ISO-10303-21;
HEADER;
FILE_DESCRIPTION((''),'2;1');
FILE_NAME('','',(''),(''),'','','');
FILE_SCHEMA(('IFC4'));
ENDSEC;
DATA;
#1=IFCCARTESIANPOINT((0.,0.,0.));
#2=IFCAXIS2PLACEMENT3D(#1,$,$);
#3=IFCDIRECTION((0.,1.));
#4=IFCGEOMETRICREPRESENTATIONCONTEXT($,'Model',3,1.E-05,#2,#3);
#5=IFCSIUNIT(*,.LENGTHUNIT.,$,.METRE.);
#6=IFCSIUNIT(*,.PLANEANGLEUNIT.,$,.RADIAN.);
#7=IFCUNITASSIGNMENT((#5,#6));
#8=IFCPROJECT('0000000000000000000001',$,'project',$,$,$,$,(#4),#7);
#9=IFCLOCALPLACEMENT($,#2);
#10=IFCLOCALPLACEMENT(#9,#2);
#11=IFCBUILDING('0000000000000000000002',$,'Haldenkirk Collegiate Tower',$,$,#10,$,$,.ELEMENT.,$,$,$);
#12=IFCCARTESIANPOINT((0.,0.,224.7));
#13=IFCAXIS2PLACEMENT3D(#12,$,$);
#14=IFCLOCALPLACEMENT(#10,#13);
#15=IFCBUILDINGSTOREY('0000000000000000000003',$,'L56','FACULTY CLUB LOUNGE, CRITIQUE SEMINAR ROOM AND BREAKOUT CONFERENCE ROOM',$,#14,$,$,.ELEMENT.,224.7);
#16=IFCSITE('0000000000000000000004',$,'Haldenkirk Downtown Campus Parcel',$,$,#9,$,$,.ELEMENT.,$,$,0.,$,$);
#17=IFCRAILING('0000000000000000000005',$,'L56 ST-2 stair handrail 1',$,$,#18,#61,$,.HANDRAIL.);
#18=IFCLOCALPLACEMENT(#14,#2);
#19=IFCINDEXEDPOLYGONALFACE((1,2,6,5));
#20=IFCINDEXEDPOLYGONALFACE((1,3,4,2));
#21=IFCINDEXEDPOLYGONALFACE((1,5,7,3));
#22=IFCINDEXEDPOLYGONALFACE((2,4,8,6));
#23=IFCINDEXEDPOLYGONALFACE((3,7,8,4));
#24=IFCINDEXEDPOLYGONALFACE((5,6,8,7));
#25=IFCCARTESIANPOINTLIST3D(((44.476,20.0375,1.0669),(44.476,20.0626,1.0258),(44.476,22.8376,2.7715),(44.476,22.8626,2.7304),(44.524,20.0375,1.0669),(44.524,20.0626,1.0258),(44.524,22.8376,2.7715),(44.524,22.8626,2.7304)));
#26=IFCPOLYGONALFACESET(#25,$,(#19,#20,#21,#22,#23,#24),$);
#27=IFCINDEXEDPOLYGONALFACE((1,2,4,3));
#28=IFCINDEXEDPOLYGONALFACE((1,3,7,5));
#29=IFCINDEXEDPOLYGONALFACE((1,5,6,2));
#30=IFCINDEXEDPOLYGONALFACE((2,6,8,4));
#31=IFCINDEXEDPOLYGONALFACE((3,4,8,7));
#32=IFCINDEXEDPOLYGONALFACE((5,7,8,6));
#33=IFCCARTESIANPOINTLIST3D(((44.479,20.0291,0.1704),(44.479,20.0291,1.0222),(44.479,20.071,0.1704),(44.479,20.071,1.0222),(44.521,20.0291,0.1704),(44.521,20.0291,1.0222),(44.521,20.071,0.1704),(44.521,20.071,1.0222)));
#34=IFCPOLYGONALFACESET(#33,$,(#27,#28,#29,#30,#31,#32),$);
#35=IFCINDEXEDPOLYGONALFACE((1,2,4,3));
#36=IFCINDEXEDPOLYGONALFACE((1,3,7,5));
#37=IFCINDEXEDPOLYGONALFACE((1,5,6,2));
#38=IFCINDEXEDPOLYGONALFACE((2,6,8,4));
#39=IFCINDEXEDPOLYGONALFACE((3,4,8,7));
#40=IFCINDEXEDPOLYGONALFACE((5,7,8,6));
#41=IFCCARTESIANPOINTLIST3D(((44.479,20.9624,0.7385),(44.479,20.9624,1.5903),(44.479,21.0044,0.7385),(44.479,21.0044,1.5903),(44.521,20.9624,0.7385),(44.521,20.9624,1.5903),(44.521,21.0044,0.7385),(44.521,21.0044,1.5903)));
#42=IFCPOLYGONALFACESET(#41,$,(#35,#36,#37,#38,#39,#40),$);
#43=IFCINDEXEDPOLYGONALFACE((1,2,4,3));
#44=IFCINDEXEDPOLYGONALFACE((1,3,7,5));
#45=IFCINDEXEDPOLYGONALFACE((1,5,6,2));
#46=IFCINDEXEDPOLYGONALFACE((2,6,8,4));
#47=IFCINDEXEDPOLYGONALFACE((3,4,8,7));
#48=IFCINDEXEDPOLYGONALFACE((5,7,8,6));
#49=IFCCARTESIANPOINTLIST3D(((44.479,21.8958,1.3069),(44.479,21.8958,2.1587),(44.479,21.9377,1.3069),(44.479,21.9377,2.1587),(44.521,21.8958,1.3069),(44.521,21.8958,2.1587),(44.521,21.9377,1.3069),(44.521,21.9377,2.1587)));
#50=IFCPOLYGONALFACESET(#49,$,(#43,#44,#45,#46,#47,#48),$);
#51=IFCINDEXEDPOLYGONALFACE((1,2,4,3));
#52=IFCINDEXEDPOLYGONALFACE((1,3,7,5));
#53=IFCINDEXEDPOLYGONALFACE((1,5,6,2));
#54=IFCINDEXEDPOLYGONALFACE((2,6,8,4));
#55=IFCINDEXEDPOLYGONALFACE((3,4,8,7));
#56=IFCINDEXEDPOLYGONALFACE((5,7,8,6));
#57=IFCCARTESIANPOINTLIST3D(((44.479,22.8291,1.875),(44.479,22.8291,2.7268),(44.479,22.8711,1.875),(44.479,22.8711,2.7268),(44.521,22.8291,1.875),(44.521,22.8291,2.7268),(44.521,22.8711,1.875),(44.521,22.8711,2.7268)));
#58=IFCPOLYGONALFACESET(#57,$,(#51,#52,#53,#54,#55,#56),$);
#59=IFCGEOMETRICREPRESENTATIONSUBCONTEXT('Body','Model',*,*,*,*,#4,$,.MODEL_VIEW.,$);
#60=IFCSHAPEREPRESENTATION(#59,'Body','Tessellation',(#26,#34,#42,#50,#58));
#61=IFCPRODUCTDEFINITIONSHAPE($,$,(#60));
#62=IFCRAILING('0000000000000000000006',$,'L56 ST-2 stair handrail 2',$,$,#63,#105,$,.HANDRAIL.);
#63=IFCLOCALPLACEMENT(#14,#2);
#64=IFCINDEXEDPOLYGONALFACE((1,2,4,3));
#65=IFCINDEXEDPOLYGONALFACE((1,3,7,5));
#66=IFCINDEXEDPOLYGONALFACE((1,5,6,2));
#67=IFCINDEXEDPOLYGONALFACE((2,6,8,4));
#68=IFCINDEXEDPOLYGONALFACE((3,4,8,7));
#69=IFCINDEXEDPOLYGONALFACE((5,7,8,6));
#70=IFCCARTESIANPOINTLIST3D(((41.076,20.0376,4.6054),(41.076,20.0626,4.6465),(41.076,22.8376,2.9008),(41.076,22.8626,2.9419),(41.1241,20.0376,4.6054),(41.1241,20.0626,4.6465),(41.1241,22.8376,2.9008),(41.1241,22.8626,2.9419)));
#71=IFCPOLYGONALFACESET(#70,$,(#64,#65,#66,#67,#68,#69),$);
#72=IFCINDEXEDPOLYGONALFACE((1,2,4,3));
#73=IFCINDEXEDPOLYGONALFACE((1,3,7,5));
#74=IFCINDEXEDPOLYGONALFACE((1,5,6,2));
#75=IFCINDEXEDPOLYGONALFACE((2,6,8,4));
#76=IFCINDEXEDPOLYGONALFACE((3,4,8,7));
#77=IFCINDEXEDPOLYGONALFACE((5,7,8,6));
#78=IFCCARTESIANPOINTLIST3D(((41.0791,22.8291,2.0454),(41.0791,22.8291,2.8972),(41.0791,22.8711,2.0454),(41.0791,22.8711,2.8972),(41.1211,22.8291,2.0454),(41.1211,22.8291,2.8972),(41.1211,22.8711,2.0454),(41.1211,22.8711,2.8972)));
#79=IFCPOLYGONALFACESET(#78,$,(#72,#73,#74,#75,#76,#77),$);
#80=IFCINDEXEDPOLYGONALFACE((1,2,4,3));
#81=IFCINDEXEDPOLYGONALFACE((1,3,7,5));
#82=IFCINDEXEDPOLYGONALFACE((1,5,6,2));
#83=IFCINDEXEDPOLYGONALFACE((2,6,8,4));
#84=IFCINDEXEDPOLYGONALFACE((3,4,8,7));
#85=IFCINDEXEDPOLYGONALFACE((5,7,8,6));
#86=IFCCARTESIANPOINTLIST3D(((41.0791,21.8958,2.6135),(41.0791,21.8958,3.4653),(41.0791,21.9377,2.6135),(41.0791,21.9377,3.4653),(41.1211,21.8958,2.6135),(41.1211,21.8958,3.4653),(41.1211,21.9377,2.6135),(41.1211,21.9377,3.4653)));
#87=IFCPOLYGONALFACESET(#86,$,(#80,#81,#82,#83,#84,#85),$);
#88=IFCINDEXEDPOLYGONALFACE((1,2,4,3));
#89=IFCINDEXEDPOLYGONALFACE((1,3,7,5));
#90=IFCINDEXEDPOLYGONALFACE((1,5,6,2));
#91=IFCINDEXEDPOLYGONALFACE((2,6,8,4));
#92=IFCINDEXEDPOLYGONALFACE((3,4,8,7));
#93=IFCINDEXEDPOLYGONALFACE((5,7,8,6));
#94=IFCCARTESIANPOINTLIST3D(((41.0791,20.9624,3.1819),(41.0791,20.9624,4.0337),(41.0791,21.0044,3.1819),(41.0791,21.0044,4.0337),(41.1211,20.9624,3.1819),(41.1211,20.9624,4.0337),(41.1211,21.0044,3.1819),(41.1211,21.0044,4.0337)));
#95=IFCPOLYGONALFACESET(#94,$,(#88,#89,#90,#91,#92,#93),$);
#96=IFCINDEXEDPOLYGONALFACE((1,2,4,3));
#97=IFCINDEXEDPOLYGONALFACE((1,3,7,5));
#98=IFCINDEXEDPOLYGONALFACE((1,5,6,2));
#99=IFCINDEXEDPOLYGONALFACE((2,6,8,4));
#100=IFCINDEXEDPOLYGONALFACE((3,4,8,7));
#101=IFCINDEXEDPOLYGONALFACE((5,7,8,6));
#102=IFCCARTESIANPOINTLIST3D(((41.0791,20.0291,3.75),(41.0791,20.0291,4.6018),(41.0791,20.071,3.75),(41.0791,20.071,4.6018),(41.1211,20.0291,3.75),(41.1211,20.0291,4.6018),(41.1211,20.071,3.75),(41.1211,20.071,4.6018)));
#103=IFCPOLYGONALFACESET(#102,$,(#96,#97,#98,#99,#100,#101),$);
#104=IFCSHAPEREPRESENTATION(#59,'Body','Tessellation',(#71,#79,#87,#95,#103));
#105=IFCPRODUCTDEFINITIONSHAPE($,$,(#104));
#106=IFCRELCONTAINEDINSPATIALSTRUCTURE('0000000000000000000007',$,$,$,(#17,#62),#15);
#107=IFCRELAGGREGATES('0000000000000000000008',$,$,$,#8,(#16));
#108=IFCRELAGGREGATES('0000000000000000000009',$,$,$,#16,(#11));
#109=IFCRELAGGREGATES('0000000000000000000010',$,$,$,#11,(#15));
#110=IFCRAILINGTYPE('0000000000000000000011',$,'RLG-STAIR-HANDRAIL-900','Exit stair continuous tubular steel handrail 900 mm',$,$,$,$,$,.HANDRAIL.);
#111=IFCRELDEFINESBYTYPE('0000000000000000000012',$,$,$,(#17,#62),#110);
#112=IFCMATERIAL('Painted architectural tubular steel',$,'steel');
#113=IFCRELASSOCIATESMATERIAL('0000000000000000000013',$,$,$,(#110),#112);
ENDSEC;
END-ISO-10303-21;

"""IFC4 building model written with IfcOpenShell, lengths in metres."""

from ifc_helpers import new_model, si_unit, direction, frame, origin, origin_2d, place, context, subcontext, project, spatial, rectangle, extrude, material, type_object, element, save


model = new_model("IFC4")

# Units and contexts
model_context = context("Model", 3, precision=1e-05, world=origin(), true_north=direction((0.0, 1.0)))
body_context = subcontext(model_context, "Body", "Model", "MODEL_VIEW")
ifc_project = project(units=[si_unit("LENGTHUNIT", "METRE"), si_unit("PLANEANGLEUNIT", "RADIAN")], contexts=[model_context])

# Site, building, storey
site_placement = place(None, origin())
site = spatial("IfcSite", under=ifc_project, at=site_placement, Name="Haldenkirk Downtown Campus Parcel", CompositionType="ELEMENT", RefElevation=0.0)
building_placement = place(site_placement, origin())
building = spatial("IfcBuilding", under=site, at=building_placement, Name="Haldenkirk Collegiate Tower", CompositionType="ELEMENT")
storey_placement = place(building_placement, frame((0.0, 0.0, 224.7)))
storey = spatial("IfcBuildingStorey", under=building, at=storey_placement, Name="L56", Description="FACULTY CLUB LOUNGE, CRITIQUE SEMINAR ROOM AND BREAKOUT CONFERENCE ROOM", CompositionType="ELEMENT", Elevation=224.7)

# Railings
ifc_material_1 = material(Name="Painted architectural tubular steel", Category="steel")
railing_type_1 = type_object("IfcRailingType", Name="RLG-STAIR-HANDRAIL-900", Description="Exit stair continuous tubular steel handrail 900 mm", PredefinedType="HANDRAIL", material=ifc_material_1)
railing_1_placement = place(storey_placement, frame((44.5, 20.05, 0.1704)))
element("IfcRailing", 1, at=railing_1_placement, inside=storey, type_object=railing_type_1, Name="L56 ST-2 stair handrail 1", PredefinedType="HANDRAIL", context=body_context, shape_type="SweptSolid", body=[
    extrude(rectangle(XDim=0.0481, YDim=0.0481, at=origin_2d()), frame((0.0, 0.0, 0.876), z_axis=(0.0, 0.85417, 0.519994), x_axis=(-1.0, 0.0, 0.0)), (0.0, 0.0, 1.0), 3.2781),
    extrude(rectangle(XDim=0.042, YDim=0.042, at=origin_2d()), origin(), (0.0, 0.0, 1.0), 0.8518),
    extrude(rectangle(XDim=0.042, YDim=0.042, at=origin_2d()), frame((0.0, 0.9333, 0.5681)), (0.0, 0.0, 1.0), 0.8518),
    extrude(rectangle(XDim=0.042, YDim=0.042, at=origin_2d()), frame((0.0, 1.8667, 1.1365)), (0.0, 0.0, 1.0), 0.8518),
    extrude(rectangle(XDim=0.042, YDim=0.042, at=origin_2d()), frame((0.0, 2.8, 1.7046)), (0.0, 0.0, 1.0), 0.8518),
])
railing_2_placement = place(storey_placement, frame((41.1001, 22.8501, 2.0454)))
element("IfcRailing", 2, at=railing_2_placement, inside=storey, type_object=railing_type_1, Name="L56 ST-2 stair handrail 2", PredefinedType="HANDRAIL", context=body_context, shape_type="SweptSolid", body=[
    extrude(rectangle(XDim=0.0481, YDim=0.0481, at=origin_2d()), frame((0.0, 0.0, 0.876), z_axis=(0.0, -0.85417, 0.519994), x_axis=(1.0, 0.0, 0.0)), (0.0, 0.0, 1.0), 3.2781),
    extrude(rectangle(XDim=0.042, YDim=0.042, at=origin_2d()), origin(), (0.0, 0.0, 1.0), 0.8518),
    extrude(rectangle(XDim=0.042, YDim=0.042, at=origin_2d()), frame((0.0, -0.9333, 0.5681)), (0.0, 0.0, 1.0), 0.8518),
    extrude(rectangle(XDim=0.042, YDim=0.042, at=origin_2d()), frame((0.0, -1.8667, 1.1365)), (0.0, 0.0, 1.0), 0.8518),
    extrude(rectangle(XDim=0.042, YDim=0.042, at=origin_2d()), frame((0.0, -2.8, 1.7046)), (0.0, 0.0, 1.0), 0.8518),
])

save(model, "model.ifc")
